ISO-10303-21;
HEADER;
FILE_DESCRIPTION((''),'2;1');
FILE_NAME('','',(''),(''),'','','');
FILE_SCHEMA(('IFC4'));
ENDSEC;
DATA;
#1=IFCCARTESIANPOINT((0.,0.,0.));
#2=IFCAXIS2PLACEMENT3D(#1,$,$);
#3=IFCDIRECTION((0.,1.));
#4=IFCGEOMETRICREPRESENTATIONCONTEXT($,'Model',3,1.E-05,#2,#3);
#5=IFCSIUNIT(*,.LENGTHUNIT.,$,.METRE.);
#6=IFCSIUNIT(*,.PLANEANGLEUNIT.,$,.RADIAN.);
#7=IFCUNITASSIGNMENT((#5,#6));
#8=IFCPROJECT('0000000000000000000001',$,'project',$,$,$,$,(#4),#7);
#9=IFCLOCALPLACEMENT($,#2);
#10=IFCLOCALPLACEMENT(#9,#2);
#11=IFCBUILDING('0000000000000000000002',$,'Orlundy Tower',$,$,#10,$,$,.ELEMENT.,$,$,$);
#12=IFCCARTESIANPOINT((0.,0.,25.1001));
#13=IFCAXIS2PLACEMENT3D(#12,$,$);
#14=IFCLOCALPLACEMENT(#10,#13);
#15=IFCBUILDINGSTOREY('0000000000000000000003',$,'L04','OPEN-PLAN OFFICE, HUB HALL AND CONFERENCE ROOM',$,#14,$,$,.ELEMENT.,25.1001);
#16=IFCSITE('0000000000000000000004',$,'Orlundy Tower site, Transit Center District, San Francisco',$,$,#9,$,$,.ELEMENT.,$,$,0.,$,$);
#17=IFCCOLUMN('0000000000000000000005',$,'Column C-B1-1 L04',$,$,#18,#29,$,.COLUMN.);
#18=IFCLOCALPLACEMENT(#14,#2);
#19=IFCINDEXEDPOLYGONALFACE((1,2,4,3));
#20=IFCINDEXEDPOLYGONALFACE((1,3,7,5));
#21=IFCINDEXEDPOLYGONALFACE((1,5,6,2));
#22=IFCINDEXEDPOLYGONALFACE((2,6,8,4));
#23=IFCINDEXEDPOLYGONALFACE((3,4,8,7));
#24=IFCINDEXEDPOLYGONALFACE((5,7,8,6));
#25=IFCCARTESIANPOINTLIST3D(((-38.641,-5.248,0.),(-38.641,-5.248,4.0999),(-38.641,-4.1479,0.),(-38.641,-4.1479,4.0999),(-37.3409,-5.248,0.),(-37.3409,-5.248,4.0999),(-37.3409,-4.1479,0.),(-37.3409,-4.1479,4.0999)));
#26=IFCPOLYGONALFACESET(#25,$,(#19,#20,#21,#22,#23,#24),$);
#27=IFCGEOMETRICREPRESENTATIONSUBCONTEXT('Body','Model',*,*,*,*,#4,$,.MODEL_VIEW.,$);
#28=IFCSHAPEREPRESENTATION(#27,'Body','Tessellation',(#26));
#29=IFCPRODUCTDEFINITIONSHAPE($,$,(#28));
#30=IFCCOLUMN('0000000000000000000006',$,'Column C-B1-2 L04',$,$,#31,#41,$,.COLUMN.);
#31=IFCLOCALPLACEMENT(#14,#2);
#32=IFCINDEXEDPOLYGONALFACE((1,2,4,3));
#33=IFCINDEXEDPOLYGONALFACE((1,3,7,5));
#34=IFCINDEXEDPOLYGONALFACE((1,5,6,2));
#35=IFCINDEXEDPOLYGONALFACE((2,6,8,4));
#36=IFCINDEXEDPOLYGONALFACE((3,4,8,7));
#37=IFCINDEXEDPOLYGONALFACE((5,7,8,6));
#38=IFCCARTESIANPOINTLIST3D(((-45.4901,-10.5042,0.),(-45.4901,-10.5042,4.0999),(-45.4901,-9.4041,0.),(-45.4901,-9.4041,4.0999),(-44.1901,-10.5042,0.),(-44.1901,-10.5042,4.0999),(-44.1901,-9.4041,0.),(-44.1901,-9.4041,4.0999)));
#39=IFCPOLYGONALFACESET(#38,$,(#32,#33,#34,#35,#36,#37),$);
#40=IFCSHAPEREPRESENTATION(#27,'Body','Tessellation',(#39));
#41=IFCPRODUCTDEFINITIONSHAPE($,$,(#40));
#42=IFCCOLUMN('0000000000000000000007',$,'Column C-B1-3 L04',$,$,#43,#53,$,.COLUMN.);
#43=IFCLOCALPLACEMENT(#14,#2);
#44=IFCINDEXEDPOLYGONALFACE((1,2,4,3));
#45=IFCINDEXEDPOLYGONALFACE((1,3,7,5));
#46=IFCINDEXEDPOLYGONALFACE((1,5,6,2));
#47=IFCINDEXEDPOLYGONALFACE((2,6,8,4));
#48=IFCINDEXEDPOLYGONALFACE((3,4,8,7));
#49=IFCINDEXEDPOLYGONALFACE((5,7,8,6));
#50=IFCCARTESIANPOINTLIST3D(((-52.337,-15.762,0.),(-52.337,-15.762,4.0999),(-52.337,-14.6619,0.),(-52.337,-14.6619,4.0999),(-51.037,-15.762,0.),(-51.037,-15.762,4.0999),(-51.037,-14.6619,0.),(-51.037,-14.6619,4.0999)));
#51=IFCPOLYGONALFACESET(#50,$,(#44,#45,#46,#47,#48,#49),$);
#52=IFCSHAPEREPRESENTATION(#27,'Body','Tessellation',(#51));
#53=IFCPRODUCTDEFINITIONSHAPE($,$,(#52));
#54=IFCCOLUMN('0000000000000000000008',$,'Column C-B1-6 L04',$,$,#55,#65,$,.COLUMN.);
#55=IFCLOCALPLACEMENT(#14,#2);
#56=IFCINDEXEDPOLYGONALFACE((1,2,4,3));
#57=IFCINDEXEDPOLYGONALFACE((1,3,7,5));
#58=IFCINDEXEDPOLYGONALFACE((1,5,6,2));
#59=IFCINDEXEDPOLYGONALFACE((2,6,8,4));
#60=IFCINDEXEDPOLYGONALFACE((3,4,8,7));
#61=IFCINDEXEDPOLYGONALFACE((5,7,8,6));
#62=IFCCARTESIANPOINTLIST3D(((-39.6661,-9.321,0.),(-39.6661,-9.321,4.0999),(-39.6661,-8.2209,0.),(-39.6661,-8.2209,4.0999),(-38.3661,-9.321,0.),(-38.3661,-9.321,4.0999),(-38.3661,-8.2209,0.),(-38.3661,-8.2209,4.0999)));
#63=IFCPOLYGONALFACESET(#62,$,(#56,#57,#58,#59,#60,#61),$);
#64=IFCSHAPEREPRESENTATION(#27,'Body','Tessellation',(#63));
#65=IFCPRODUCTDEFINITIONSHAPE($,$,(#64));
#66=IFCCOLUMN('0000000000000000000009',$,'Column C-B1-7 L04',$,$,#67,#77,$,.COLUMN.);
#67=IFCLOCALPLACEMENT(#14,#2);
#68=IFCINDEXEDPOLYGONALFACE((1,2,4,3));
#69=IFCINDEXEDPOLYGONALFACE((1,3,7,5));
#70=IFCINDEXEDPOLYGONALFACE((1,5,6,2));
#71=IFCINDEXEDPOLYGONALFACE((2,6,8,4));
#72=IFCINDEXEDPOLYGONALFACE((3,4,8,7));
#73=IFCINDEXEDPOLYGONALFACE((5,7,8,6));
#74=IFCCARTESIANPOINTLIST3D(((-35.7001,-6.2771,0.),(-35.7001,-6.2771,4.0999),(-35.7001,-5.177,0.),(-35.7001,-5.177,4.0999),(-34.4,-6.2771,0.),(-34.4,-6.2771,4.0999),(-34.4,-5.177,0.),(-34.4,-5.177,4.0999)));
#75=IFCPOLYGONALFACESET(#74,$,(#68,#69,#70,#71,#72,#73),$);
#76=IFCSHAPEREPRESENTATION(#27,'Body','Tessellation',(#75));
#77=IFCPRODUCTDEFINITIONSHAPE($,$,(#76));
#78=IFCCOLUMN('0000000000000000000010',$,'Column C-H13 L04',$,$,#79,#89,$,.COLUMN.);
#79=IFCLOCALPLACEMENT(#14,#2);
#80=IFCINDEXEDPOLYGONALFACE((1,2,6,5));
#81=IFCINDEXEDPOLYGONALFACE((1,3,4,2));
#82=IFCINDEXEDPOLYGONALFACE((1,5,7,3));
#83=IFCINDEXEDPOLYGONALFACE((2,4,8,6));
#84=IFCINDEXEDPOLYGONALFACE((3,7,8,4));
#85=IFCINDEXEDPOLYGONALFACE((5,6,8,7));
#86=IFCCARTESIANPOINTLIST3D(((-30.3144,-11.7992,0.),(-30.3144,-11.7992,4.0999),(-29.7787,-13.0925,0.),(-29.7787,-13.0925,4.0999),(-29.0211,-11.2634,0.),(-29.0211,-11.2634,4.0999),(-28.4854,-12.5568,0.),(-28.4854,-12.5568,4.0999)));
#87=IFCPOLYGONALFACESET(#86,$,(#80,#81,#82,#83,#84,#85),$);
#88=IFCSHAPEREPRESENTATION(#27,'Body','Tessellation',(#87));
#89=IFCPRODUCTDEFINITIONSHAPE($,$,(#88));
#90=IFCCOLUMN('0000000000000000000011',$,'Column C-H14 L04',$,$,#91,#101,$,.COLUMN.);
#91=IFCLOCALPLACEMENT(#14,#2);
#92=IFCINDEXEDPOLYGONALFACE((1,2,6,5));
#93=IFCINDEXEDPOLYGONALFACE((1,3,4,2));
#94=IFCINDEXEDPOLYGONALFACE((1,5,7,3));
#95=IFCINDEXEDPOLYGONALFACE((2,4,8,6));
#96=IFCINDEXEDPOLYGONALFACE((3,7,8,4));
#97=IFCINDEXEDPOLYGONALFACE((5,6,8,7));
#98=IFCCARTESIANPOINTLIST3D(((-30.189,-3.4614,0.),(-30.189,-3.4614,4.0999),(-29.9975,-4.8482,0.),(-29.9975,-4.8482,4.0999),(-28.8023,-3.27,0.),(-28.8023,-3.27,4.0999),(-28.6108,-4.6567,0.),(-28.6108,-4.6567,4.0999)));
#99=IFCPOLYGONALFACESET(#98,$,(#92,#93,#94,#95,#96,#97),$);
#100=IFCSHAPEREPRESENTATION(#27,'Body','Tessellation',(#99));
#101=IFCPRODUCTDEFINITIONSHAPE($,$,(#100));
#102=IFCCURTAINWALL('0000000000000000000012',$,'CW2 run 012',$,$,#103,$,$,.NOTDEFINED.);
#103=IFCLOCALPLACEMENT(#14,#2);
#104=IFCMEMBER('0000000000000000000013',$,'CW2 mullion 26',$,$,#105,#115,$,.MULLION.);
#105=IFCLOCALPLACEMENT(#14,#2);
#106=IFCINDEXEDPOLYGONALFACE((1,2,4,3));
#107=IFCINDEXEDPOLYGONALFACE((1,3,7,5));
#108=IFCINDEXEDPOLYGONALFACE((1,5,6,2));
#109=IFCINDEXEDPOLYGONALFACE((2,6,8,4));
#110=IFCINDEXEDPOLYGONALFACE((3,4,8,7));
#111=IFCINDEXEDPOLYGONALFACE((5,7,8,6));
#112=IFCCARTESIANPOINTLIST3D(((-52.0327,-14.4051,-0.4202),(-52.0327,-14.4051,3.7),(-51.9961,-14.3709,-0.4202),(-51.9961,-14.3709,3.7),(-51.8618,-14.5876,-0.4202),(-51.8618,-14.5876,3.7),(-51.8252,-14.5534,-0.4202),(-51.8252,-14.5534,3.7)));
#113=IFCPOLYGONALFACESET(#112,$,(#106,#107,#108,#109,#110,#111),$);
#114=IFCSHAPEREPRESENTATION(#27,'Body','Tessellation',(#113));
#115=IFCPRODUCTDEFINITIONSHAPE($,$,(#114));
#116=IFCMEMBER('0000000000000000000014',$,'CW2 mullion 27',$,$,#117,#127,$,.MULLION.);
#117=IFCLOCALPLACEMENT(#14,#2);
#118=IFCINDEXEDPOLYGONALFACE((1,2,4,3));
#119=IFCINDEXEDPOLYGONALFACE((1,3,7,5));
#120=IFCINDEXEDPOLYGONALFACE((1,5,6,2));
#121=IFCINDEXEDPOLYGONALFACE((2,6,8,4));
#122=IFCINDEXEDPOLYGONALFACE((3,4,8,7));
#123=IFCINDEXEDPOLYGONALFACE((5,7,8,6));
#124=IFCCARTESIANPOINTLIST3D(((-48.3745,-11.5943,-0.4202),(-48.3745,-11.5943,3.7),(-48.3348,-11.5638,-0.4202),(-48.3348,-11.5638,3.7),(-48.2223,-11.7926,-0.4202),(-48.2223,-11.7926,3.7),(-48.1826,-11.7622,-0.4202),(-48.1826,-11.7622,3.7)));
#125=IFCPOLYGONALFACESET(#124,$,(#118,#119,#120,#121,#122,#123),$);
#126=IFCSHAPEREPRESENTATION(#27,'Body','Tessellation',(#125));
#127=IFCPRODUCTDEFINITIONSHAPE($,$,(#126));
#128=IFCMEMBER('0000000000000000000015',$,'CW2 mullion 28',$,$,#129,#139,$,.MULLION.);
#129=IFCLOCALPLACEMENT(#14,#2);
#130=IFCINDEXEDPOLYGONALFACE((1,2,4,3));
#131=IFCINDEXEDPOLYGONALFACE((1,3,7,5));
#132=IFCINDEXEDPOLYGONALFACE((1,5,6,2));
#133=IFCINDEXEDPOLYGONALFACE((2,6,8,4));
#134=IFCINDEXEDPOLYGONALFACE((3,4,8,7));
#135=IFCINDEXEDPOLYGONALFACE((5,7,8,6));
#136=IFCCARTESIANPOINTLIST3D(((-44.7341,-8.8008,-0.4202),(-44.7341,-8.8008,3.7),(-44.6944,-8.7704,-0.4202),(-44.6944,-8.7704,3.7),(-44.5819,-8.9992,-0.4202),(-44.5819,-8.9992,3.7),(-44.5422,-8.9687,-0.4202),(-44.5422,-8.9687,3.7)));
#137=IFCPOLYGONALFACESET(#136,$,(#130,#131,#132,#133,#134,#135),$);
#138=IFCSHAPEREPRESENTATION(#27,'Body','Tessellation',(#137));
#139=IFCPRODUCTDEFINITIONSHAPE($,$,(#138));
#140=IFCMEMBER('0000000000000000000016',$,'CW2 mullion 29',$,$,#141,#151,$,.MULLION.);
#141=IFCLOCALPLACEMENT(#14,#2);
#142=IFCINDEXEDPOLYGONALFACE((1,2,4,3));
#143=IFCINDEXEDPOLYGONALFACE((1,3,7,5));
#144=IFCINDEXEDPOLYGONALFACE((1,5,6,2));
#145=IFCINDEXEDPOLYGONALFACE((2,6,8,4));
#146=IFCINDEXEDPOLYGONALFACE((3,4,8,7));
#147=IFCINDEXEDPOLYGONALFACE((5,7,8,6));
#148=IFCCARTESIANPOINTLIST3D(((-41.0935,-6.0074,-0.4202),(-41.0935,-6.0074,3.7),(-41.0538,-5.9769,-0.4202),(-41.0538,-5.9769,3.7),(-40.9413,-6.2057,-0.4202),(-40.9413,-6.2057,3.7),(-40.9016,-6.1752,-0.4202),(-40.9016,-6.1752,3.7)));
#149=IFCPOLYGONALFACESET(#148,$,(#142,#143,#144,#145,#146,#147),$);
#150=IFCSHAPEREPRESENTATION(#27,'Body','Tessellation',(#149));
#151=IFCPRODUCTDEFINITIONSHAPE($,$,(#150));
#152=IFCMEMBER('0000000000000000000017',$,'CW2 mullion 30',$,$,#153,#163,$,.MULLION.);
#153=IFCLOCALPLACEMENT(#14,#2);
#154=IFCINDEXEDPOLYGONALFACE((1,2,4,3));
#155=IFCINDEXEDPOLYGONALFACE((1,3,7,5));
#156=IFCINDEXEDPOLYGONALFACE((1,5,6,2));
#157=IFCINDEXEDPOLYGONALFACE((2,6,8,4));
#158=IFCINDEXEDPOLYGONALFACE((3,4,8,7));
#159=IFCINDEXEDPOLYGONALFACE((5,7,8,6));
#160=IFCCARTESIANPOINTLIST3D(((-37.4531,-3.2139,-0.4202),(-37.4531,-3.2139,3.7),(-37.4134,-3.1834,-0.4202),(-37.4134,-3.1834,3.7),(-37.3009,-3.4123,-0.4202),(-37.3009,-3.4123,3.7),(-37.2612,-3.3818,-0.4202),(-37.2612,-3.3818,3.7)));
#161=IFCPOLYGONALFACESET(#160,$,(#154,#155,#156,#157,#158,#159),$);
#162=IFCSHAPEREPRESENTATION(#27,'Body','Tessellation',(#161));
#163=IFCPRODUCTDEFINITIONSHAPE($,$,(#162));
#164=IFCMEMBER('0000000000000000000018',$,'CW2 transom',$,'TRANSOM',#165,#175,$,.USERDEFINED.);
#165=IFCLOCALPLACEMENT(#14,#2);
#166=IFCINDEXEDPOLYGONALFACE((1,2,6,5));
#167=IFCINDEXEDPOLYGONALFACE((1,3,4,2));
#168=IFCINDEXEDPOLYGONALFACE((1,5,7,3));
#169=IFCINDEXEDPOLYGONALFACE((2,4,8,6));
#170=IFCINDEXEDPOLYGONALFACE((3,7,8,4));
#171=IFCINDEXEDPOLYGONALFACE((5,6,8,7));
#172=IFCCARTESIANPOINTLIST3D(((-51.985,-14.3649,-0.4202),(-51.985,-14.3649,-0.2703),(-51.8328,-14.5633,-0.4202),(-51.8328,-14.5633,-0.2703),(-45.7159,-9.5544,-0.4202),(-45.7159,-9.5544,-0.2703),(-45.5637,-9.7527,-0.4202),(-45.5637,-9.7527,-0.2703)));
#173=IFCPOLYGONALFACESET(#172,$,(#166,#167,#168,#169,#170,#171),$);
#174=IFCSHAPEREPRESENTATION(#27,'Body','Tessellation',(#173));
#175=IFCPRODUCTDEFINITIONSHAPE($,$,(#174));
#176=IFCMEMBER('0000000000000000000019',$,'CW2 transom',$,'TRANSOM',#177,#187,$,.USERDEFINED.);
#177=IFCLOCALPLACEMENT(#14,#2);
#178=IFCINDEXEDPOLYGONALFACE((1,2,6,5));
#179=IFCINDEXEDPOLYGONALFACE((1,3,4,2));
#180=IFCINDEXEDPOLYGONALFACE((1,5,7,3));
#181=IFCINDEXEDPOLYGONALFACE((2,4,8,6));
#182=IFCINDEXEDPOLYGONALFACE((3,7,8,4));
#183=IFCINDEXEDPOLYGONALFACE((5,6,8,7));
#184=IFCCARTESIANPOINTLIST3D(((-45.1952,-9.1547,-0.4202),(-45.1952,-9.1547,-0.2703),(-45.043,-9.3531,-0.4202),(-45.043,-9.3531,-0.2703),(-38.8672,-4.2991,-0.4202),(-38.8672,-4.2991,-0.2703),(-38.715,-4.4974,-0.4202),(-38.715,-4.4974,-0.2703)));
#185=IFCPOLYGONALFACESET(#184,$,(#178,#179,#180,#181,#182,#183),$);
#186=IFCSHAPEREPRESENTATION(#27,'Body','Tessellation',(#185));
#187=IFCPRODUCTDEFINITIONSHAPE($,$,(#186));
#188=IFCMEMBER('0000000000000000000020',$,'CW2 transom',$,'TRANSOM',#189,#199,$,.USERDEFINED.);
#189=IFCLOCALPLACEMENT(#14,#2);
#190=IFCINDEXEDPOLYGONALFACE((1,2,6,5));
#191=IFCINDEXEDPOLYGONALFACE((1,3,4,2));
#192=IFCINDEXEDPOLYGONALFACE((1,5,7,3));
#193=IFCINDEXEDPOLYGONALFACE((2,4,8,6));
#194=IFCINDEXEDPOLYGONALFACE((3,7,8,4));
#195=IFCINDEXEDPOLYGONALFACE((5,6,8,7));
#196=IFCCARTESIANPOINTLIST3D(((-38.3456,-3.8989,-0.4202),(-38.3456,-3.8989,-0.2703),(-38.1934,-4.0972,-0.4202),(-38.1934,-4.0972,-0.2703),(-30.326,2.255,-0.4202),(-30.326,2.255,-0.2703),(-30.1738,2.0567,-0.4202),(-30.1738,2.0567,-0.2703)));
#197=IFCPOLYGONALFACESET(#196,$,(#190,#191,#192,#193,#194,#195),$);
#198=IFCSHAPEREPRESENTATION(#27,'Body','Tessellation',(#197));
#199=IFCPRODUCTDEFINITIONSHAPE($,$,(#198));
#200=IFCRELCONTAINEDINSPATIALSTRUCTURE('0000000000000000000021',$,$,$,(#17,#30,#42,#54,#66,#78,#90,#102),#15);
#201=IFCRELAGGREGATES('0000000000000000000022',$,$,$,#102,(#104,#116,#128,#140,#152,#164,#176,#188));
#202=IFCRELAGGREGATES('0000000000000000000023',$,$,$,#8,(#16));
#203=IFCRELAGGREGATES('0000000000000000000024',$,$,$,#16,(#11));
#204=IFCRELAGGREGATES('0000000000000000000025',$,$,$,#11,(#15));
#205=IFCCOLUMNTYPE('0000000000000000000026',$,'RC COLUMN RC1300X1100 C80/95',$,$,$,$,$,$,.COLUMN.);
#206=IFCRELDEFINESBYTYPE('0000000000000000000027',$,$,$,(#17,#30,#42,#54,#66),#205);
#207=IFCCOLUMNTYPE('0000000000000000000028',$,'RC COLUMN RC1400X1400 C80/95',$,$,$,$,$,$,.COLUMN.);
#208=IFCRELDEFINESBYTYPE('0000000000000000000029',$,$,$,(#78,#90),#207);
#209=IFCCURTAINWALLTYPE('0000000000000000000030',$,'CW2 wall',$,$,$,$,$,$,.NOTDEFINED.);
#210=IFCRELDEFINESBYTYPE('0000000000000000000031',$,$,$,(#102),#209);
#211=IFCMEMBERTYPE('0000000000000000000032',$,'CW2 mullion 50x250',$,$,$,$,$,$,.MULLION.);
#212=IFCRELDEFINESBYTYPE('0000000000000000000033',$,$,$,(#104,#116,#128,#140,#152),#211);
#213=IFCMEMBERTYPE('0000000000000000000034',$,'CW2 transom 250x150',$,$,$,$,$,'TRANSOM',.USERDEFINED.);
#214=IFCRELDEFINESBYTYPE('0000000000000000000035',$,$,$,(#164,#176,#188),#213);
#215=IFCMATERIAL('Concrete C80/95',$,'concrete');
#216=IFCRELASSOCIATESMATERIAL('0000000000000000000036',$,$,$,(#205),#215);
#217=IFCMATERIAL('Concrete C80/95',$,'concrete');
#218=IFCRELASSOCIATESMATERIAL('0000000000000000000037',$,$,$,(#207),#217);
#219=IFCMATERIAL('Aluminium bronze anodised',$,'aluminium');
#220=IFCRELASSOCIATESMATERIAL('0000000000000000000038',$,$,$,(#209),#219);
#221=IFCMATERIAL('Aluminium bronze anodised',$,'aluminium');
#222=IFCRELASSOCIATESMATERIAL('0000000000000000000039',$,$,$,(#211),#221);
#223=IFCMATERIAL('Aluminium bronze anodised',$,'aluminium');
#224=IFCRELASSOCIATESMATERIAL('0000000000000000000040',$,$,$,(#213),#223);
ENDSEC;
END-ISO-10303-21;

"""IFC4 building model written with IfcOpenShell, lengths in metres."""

from ifc_helpers import new_model, si_unit, direction, frame, origin, origin_2d, place, context, subcontext, project, spatial, rectangle, extrude, material, material_profile, profile_set, type_object, element, aggregate, save


model = new_model("IFC4")

# Units and contexts
model_context = context("Model", 3, precision=1e-05, world=origin(), true_north=direction((0.0, 1.0)))
body_context = subcontext(model_context, "Body", "Model", "MODEL_VIEW")
ifc_project = project(units=[si_unit("LENGTHUNIT", "METRE"), si_unit("PLANEANGLEUNIT", "RADIAN")], contexts=[model_context])

# Site, building, storey
site_placement = place(None, origin())
site = spatial("IfcSite", under=ifc_project, at=site_placement, Name="Orlundy Tower site, Transit Center District, San Francisco", CompositionType="ELEMENT", RefElevation=0.0)
building_placement = place(site_placement, origin())
building = spatial("IfcBuilding", under=site, at=building_placement, Name="Orlundy Tower", CompositionType="ELEMENT")
storey_placement = place(building_placement, frame((0.0, 0.0, 25.1001)))
storey = spatial("IfcBuildingStorey", under=building, at=storey_placement, Name="L04", Description="OPEN-PLAN OFFICE, HUB HALL AND CONFERENCE ROOM", CompositionType="ELEMENT", Elevation=25.1001)

# Columns
ifc_material_1 = material(Name="Concrete C80/95", Category="concrete")
ifc_material_profile_1 = material_profile(ifc_material_1, rectangle(XDim=1.3, YDim=1.1001, at=origin_2d()), Name="RC1300X1100")
ifc_profile_set_1 = profile_set([ifc_material_profile_1], Name="Concrete C80/95")
column_type_1 = type_object("IfcColumnType", Name="RC COLUMN RC1300X1100 C80/95", PredefinedType="COLUMN", material=ifc_profile_set_1)
for number, where, z_axis, x_axis, name in (
    (1, (-37.991, -4.698, 0.0), (0.0, 0.0, 1.0), (1.0, 0.0, 0.0), "Column C-B1-1 L04"),
    (2, (-44.8401, -9.9541, 0.0), (0.0, 0.0, 1.0), (1.0, 0.0, 0.0), "Column C-B1-2 L04"),
    (3, (-51.687, -15.2119, 0.0), (0.0, 0.0, 1.0), (1.0, 0.0, 0.0), "Column C-B1-3 L04"),
    (4, (-39.0161, -8.771, 0.0), (0.0, 0.0, 1.0), (1.0, 0.0, 0.0), "Column C-B1-6 L04"),
    (5, (-35.05, -5.7271, 0.0), (0.0, 0.0, 1.0), (1.0, 0.0, 0.0), "Column C-B1-7 L04"),
):
    element("IfcColumn", number, at=place(storey_placement, frame(where, z_axis=z_axis, x_axis=x_axis)), inside=storey, type_object=column_type_1, Name=name, PredefinedType="COLUMN", context=body_context, shape_type="SweptSolid", body=[
        extrude(rectangle(XDim=1.3, YDim=1.1001, at=origin_2d()), origin(), (0.0, 0.0, 1.0), 4.0999),
    ])
ifc_material_2 = material(Name="Concrete C80/95", Category="concrete")
ifc_material_profile_2 = material_profile(ifc_material_2, rectangle(XDim=1.3999, YDim=1.3999, at=origin_2d()), Name="RC1400X1400")
ifc_profile_set_2 = profile_set([ifc_material_profile_2], Name="Concrete C80/95")
column_type_2 = type_object("IfcColumnType", Name="RC COLUMN RC1400X1400 C80/95", PredefinedType="COLUMN", material=ifc_profile_set_2)
for number, where, z_axis, x_axis, name in (
    (6, (-29.3999, -12.178, 0.0), (0.0, 0.0, 1.0), (-0.92388, -0.382683, 0.0), "Column C-H13 L04"),
    (7, (-29.3999, -4.0591, 0.0), (0.0, 0.0, 1.0), (-0.990603, -0.13677, 0.0), "Column C-H14 L04"),
):
    element("IfcColumn", number, at=place(storey_placement, frame(where, z_axis=z_axis, x_axis=x_axis)), inside=storey, type_object=column_type_2, Name=name, PredefinedType="COLUMN", context=body_context, shape_type="SweptSolid", body=[
        extrude(rectangle(XDim=1.3999, YDim=1.3999, at=origin_2d()), origin(), (0.0, 0.0, 1.0), 4.0999),
    ])

# Curtain wall, members
ifc_material_3 = material(Name="Aluminium bronze anodised", Category="aluminium")
curtain_wall_type = type_object("IfcCurtainWallType", Name="CW2 wall", PredefinedType="NOTDEFINED", material=ifc_material_3)
curtain_wall_placement = place(storey_placement, origin())
curtain_wall = element("IfcCurtainWall", 8, at=curtain_wall_placement, inside=storey, type_object=curtain_wall_type, Name="CW2 run 012", PredefinedType="NOTDEFINED")
ifc_material_4 = material(Name="Aluminium bronze anodised", Category="aluminium")
ifc_material_profile_3 = material_profile(ifc_material_4, rectangle(XDim=0.25, YDim=0.05, at=origin_2d()), Name="CW2 mullion 50x250")
ifc_profile_set_3 = profile_set([ifc_material_profile_3], Name="Aluminium bronze anodised")
member_type_1 = type_object("IfcMemberType", Name="CW2 mullion 50x250", PredefinedType="MULLION", material=ifc_profile_set_3)
member_1_placement = place(storey_placement, frame((-51.929, -14.4792, -0.4202), z_axis=(0.0, 0.0, 1.0), x_axis=(-0.683605, 0.729852, 0.0)))
member_1 = element("IfcMember", 9, at=member_1_placement, type_object=member_type_1, Name="CW2 mullion 26", PredefinedType="MULLION", context=body_context, shape_type="SweptSolid", body=[
    extrude(rectangle(XDim=0.25, YDim=0.05, at=origin_2d()), origin(), (0.0, 0.0, 1.0), 4.1201),
])
member_2_placement = place(storey_placement, frame((-48.2786, -11.6782, -0.4202), z_axis=(0.0, 0.0, 1.0), x_axis=(-0.608768, 0.793348, 0.0)))
member_2 = element("IfcMember", 10, at=member_2_placement, type_object=member_type_1, Name="CW2 mullion 27", PredefinedType="MULLION", context=body_context, shape_type="SweptSolid", body=[
    extrude(rectangle(XDim=0.25, YDim=0.05, at=origin_2d()), origin(), (0.0, 0.0, 1.0), 4.1201),
])
member_3_placement = place(storey_placement, frame((-44.6382, -8.8848, -0.4202), z_axis=(0.0, 0.0, 1.0), x_axis=(-0.608768, 0.793348, 0.0)))
member_3 = element("IfcMember", 11, at=member_3_placement, type_object=member_type_1, Name="CW2 mullion 28", PredefinedType="MULLION", context=body_context, shape_type="SweptSolid", body=[
    extrude(rectangle(XDim=0.25, YDim=0.05, at=origin_2d()), origin(), (0.0, 0.0, 1.0), 4.1201),
])
member_4_placement = place(storey_placement, frame((-40.9976, -6.0913, -0.4202), z_axis=(0.0, 0.0, 1.0), x_axis=(-0.608768, 0.793348, 0.0)))
member_4 = element("IfcMember", 12, at=member_4_placement, type_object=member_type_1, Name="CW2 mullion 29", PredefinedType="MULLION", context=body_context, shape_type="SweptSolid", body=[
    extrude(rectangle(XDim=0.25, YDim=0.05, at=origin_2d()), origin(), (0.0, 0.0, 1.0), 4.1201),
])
member_5_placement = place(storey_placement, frame((-37.3572, -3.2979, -0.4202), z_axis=(0.0, 0.0, 1.0), x_axis=(-0.608768, 0.793348, 0.0)))
member_5 = element("IfcMember", 13, at=member_5_placement, type_object=member_type_1, Name="CW2 mullion 30", PredefinedType="MULLION", context=body_context, shape_type="SweptSolid", body=[
    extrude(rectangle(XDim=0.25, YDim=0.05, at=origin_2d()), origin(), (0.0, 0.0, 1.0), 4.1201),
])
ifc_material_5 = material(Name="Aluminium bronze anodised", Category="aluminium")
ifc_material_profile_4 = material_profile(ifc_material_5, rectangle(XDim=0.25, YDim=0.1499, at=origin_2d()), Name="CW2 transom 250x150")
ifc_profile_set_4 = profile_set([ifc_material_profile_4], Name="Aluminium bronze anodised")
member_type_2 = type_object("IfcMemberType", Name="CW2 transom 250x150", ElementType="TRANSOM", PredefinedType="USERDEFINED", material=ifc_profile_set_4)
member_6_placement = place(storey_placement, frame((-51.9089, -14.4641, -0.3452), z_axis=(0.793345, 0.608773, 0.0), x_axis=(-0.608773, 0.793345, 0.0)))
member_6 = element("IfcMember", 14, at=member_6_placement, type_object=member_type_2, Name="CW2 transom", ObjectType="TRANSOM", PredefinedType="USERDEFINED", context=body_context, shape_type="SweptSolid", body=[
    extrude(rectangle(XDim=0.25, YDim=0.1499, at=origin_2d()), origin(), (0.0, 0.0, 1.0), 7.9021),
])
member_7_placement = place(storey_placement, frame((-45.1191, -9.2539, -0.3452), z_axis=(0.793355, 0.608759, 0.0), x_axis=(-0.608759, 0.793355, 0.0)))
member_7 = element("IfcMember", 15, at=member_7_placement, type_object=member_type_2, Name="CW2 transom", ObjectType="TRANSOM", PredefinedType="USERDEFINED", context=body_context, shape_type="SweptSolid", body=[
    extrude(rectangle(XDim=0.25, YDim=0.1499, at=origin_2d()), origin(), (0.0, 0.0, 1.0), 7.9763),
])
member_8_placement = place(storey_placement, frame((-38.2695, -3.998, -0.3452), z_axis=(0.793344, 0.608774, 0.0), x_axis=(-0.608774, 0.793344, 0.0)))
member_8 = element("IfcMember", 16, at=member_8_placement, type_object=member_type_2, Name="CW2 transom", ObjectType="TRANSOM", PredefinedType="USERDEFINED", context=body_context, shape_type="SweptSolid", body=[
    extrude(rectangle(XDim=0.25, YDim=0.1499, at=origin_2d()), origin(), (0.0, 0.0, 1.0), 10.1086),
])
aggregate(curtain_wall, [member_1, member_2, member_3, member_4, member_5, member_6, member_7, member_8])

save(model, "model.ifc")
